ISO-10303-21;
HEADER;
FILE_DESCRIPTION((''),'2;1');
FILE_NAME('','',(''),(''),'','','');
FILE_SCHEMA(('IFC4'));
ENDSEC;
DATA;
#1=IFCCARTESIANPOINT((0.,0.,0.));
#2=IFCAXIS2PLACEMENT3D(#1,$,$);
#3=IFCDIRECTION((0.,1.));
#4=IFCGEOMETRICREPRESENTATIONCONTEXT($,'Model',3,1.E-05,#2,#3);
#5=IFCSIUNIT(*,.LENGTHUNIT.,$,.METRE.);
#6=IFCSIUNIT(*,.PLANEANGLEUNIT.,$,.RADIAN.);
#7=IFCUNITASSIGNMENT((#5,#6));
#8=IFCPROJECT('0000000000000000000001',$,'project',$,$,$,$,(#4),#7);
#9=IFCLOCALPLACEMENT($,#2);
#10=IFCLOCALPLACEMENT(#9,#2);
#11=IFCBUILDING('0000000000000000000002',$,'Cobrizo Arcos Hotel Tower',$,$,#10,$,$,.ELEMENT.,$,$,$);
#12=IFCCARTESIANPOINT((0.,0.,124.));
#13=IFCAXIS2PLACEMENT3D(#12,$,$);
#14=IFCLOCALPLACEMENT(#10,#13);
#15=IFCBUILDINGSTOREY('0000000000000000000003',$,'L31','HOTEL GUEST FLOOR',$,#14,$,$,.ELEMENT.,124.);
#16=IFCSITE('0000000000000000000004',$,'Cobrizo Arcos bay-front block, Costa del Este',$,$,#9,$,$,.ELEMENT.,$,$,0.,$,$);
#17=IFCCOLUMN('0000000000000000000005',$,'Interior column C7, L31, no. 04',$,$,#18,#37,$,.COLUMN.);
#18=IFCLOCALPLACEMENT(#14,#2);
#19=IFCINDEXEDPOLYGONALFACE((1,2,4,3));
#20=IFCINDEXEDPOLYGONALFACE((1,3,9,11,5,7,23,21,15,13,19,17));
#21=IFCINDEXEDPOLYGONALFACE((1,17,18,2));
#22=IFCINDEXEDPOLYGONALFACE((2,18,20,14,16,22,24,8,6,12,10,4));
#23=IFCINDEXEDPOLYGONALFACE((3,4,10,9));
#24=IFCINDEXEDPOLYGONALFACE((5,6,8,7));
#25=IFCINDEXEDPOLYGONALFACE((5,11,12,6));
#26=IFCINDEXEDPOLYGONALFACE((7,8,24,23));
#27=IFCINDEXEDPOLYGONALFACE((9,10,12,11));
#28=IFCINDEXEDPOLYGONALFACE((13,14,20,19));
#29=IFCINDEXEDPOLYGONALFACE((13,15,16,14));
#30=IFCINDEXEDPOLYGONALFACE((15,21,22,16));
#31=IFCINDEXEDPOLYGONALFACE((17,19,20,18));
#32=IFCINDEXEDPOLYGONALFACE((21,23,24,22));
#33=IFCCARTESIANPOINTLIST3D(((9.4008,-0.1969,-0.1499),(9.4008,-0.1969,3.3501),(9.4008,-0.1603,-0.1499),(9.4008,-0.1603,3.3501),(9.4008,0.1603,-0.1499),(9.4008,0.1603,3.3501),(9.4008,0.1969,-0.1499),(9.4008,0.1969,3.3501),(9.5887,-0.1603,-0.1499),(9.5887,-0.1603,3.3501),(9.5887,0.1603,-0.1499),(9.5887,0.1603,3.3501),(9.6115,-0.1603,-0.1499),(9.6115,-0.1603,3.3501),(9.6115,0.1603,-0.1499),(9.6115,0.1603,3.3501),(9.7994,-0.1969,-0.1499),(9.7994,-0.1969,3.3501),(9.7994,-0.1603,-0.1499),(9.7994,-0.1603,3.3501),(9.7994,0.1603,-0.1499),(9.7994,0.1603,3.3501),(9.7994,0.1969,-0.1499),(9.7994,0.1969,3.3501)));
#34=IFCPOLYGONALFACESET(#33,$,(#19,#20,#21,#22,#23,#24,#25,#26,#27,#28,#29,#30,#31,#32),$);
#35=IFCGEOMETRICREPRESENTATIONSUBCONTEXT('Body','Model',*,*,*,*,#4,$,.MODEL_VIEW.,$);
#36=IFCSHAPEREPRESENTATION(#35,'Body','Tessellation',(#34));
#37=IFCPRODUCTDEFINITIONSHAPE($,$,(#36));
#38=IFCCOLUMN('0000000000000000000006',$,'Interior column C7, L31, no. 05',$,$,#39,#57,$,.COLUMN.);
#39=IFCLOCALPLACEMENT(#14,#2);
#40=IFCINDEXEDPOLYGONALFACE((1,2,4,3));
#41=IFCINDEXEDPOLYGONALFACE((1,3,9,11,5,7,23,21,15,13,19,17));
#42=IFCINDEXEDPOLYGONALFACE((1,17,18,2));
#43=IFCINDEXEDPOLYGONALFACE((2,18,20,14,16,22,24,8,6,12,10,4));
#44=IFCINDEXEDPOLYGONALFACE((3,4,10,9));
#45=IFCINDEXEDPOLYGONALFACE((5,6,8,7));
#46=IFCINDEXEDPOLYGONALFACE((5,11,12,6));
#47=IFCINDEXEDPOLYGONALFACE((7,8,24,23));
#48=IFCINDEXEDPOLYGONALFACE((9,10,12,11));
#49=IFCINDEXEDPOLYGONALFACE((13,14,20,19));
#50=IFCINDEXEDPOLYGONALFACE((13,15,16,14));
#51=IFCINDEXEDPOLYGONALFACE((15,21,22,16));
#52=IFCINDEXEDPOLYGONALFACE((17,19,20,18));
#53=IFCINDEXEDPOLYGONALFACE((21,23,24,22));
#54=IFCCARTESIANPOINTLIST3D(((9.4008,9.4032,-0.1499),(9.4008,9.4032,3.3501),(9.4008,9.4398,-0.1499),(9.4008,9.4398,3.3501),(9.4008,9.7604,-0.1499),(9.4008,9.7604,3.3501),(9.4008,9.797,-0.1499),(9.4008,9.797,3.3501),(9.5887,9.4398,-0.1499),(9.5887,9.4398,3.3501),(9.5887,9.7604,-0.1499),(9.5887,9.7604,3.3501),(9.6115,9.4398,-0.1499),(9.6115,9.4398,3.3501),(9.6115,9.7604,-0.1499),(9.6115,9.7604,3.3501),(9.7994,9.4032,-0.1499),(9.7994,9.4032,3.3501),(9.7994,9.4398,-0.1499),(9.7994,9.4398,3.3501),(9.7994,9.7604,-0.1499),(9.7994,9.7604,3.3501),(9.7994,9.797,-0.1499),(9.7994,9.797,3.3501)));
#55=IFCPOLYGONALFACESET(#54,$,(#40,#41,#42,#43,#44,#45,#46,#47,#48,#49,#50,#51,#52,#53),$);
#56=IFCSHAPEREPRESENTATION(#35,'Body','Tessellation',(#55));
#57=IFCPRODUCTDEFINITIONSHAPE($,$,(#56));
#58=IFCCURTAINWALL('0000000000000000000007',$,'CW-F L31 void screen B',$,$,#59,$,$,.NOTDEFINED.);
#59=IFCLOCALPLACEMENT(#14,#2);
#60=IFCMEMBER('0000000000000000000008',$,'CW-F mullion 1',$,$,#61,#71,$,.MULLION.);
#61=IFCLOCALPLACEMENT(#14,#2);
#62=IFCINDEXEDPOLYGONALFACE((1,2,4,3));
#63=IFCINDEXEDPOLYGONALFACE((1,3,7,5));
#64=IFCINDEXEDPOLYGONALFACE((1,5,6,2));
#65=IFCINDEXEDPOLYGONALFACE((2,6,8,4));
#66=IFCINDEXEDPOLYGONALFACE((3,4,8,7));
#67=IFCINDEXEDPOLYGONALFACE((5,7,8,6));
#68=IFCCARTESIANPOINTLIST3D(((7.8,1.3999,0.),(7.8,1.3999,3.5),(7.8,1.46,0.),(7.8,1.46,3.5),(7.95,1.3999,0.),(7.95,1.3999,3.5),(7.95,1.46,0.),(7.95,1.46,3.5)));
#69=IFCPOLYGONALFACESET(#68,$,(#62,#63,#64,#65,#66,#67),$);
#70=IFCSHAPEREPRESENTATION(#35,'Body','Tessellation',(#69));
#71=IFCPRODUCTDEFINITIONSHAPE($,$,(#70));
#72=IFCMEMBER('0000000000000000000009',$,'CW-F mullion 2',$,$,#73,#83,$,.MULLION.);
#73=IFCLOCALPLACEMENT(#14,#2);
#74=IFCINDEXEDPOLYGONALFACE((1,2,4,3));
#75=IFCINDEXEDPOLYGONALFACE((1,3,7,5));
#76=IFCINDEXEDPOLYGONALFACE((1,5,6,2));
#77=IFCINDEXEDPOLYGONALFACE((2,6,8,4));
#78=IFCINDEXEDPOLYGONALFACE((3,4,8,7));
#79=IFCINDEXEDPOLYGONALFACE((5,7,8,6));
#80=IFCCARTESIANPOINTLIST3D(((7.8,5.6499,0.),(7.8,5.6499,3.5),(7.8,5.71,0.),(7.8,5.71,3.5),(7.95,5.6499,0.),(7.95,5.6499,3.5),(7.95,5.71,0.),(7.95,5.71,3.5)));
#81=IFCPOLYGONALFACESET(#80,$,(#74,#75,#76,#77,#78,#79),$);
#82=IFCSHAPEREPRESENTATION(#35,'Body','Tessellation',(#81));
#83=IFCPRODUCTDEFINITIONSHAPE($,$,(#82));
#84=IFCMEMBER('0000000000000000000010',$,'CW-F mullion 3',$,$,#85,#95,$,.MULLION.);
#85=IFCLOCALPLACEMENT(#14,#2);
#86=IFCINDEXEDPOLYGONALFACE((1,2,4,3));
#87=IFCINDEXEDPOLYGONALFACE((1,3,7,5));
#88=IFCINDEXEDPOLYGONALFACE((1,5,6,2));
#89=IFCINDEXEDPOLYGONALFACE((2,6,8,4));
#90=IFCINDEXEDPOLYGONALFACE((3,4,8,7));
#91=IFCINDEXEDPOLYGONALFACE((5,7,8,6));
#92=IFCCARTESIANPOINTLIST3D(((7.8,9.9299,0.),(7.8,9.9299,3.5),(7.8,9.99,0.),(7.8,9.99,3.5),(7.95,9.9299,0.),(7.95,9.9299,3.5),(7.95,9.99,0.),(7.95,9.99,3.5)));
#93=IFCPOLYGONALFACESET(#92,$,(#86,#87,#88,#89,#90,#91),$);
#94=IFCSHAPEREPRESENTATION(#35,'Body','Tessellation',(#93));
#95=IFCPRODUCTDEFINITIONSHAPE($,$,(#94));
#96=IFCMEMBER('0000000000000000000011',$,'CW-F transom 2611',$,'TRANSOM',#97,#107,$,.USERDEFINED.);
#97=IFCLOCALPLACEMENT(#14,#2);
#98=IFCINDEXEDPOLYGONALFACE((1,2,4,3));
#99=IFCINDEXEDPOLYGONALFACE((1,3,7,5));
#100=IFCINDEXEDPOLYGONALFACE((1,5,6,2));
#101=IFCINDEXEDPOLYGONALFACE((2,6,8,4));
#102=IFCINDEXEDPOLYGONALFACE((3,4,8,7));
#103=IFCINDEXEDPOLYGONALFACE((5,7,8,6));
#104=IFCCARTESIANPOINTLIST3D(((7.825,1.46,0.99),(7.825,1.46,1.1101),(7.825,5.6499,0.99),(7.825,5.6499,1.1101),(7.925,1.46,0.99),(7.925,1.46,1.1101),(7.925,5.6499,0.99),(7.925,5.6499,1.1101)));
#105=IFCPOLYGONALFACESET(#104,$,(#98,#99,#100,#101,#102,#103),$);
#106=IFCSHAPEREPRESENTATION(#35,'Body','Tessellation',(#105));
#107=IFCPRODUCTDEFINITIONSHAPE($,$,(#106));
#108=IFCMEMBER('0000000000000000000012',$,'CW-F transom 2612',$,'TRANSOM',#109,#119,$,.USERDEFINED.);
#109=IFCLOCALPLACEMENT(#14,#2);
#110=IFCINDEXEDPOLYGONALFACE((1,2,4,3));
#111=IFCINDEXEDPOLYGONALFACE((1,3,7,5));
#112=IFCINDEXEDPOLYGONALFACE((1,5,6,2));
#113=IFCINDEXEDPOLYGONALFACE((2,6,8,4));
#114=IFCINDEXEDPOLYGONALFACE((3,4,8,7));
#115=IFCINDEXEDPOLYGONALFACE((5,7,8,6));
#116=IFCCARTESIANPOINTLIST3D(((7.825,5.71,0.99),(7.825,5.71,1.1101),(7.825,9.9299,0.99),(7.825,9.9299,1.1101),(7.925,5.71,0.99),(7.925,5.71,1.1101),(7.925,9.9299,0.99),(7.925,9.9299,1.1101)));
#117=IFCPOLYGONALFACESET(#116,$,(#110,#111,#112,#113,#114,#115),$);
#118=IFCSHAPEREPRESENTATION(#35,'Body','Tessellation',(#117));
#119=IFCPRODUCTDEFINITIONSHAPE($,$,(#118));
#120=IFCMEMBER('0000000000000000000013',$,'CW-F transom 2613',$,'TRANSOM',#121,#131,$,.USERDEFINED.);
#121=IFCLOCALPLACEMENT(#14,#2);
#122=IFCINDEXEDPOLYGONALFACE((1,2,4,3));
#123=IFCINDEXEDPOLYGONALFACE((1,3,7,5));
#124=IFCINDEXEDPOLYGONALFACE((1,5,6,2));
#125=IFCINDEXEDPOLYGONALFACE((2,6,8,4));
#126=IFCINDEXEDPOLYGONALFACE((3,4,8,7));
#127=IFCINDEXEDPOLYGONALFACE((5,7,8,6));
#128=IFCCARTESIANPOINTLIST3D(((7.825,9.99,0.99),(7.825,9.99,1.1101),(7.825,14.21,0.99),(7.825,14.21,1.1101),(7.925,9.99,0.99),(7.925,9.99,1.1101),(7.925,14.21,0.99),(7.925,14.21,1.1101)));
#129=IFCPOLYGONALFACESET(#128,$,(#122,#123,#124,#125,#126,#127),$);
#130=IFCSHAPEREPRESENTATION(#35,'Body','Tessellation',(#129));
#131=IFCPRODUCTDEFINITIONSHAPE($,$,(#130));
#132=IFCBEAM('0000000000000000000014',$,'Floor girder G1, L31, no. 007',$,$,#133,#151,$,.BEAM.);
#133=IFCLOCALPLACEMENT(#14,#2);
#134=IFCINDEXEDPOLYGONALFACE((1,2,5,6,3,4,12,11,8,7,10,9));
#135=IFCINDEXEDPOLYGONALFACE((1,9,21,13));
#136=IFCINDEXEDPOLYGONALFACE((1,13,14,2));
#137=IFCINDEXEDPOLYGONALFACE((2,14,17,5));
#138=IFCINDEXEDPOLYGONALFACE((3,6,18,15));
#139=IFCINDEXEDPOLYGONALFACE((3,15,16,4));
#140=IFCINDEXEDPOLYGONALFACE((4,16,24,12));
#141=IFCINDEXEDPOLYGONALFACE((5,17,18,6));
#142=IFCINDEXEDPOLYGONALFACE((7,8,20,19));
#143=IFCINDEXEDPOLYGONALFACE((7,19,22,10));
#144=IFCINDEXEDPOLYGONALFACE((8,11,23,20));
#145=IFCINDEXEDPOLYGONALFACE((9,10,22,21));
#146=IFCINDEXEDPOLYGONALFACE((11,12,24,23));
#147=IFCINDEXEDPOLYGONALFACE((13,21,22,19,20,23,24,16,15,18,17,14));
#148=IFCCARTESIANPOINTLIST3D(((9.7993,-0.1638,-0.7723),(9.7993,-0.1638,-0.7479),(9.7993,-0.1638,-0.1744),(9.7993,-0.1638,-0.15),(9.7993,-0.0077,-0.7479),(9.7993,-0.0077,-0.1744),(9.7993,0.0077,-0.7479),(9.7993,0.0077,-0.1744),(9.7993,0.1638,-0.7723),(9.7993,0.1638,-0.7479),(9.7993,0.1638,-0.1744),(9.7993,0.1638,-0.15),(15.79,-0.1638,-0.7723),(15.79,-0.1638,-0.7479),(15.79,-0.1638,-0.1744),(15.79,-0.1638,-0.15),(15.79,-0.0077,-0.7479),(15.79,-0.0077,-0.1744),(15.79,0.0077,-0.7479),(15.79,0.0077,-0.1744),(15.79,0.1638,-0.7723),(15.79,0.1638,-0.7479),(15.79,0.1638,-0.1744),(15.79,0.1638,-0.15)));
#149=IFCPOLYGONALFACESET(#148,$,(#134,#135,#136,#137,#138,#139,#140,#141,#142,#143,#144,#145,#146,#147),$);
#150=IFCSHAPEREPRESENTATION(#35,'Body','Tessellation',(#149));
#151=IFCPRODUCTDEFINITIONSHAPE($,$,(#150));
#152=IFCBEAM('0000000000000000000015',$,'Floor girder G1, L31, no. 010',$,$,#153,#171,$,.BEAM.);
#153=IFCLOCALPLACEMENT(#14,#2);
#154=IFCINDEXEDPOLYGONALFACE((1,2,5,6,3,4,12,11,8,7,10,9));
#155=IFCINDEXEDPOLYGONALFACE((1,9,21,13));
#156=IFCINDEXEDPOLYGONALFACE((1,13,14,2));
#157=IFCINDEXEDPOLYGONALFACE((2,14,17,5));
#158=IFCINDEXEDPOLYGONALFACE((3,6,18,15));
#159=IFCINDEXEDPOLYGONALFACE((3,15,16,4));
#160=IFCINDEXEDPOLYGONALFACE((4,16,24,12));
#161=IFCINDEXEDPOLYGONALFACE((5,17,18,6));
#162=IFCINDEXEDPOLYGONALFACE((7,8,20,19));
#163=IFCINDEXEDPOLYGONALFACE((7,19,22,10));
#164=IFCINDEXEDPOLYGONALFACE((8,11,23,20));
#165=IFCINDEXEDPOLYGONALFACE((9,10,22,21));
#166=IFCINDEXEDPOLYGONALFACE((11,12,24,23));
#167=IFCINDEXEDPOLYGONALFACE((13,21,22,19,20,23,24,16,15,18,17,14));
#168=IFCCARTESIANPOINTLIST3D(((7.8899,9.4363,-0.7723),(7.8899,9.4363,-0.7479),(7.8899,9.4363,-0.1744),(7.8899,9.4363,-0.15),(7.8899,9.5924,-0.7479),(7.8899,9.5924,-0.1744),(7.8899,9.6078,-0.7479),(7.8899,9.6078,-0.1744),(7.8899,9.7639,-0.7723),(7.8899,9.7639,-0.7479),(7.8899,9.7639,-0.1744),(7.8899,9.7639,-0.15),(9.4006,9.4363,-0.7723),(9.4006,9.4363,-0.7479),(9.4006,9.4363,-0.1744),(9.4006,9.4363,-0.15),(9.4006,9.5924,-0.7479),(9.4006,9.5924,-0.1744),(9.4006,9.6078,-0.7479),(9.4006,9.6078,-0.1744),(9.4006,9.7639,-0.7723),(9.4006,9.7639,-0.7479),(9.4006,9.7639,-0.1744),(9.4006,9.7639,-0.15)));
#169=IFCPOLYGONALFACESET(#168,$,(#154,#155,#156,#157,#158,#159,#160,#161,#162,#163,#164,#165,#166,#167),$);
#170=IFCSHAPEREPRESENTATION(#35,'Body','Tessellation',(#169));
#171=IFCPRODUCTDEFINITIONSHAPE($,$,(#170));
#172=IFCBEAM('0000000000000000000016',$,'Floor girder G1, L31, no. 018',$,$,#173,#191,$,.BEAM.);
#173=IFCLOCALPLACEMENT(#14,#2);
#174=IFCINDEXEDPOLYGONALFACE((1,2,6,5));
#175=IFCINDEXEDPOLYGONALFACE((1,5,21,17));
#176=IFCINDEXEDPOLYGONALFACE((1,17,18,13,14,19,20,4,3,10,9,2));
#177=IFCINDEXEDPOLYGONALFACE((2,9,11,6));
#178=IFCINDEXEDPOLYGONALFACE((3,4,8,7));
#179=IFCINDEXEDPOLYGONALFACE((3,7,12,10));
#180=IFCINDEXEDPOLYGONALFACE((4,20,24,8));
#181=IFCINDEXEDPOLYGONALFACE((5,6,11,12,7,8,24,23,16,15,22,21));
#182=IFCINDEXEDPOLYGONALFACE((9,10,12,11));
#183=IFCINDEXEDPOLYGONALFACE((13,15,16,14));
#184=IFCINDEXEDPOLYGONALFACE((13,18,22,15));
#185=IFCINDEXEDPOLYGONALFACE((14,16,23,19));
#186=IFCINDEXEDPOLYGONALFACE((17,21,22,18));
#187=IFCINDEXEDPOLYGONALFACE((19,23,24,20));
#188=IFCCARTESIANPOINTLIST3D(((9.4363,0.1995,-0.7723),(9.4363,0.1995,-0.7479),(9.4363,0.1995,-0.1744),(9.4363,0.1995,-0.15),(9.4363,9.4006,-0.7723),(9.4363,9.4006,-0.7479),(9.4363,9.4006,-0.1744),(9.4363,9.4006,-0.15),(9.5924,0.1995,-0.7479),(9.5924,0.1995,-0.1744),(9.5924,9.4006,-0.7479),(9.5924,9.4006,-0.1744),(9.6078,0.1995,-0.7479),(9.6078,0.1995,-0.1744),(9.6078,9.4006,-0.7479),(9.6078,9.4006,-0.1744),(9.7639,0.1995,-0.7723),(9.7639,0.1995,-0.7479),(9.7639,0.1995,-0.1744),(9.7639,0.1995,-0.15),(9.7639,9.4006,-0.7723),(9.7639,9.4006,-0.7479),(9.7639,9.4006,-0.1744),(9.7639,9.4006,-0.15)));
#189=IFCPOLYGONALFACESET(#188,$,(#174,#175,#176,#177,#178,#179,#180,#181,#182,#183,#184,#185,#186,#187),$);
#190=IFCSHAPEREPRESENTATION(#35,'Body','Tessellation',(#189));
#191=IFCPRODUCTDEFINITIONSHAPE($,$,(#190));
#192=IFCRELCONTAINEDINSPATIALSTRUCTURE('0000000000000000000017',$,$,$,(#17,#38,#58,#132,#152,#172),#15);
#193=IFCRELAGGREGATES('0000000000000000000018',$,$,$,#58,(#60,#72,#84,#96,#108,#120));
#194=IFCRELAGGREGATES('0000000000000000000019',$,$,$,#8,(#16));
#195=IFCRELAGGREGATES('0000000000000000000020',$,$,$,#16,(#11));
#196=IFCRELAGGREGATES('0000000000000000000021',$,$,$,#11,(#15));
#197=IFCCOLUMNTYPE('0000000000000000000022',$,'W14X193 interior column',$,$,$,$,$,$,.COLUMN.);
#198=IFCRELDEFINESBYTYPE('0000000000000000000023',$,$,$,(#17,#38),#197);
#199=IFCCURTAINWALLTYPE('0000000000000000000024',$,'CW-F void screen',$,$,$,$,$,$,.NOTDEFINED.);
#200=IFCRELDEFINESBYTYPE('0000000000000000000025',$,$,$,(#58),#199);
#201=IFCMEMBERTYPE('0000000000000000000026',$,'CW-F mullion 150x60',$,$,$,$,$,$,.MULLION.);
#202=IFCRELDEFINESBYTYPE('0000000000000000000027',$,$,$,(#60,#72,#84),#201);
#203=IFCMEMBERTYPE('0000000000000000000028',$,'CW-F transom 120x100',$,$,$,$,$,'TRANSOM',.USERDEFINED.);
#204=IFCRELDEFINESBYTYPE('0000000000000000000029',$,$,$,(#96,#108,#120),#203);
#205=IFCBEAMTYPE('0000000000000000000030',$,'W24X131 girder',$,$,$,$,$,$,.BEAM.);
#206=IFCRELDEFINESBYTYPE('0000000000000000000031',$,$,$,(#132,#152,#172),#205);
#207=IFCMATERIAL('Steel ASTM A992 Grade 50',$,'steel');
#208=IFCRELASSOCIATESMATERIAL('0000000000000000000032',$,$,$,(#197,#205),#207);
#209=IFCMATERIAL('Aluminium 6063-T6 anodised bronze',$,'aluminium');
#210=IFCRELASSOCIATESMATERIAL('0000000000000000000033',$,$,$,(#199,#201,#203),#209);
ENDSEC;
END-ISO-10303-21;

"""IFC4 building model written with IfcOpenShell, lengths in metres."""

from ifc_helpers import new_model, si_unit, direction, frame, origin, origin_2d, place, context, subcontext, project, spatial, rectangle, i_section, extrude, material, material_profile, profile_set, type_object, element, aggregate, save


model = new_model("IFC4")

# Units and contexts
model_context = context("Model", 3, precision=1e-05, world=origin(), true_north=direction((0.0, 1.0)))
body_context = subcontext(model_context, "Body", "Model", "MODEL_VIEW")
ifc_project = project(units=[si_unit("LENGTHUNIT", "METRE"), si_unit("PLANEANGLEUNIT", "RADIAN")], contexts=[model_context])

# Site, building, storey
site_placement = place(None, origin())
site = spatial("IfcSite", under=ifc_project, at=site_placement, Name="Cobrizo Arcos bay-front block, Costa del Este", CompositionType="ELEMENT", RefElevation=0.0)
building_placement = place(site_placement, origin())
building = spatial("IfcBuilding", under=site, at=building_placement, Name="Cobrizo Arcos Hotel Tower", CompositionType="ELEMENT")
storey_placement = place(building_placement, frame((0.0, 0.0, 124.0)))
storey = spatial("IfcBuildingStorey", under=building, at=storey_placement, Name="L31", Description="HOTEL GUEST FLOOR", CompositionType="ELEMENT", Elevation=124.0)

# Columns
ifc_material_1 = material(Name="Steel ASTM A992 Grade 50", Category="steel")
ifc_material_profile_1 = material_profile(ifc_material_1, i_section(OverallWidth=0.3987, OverallDepth=0.3938, WebThickness=0.0227, FlangeThickness=0.0366, at=origin_2d()), Name="W14X193")
ifc_profile_set_1 = profile_set([ifc_material_profile_1], Name="Steel ASTM A992 Grade 50")
column_type = type_object("IfcColumnType", Name="W14X193 interior column", PredefinedType="COLUMN", material=ifc_profile_set_1)
for number, where, z_axis, x_axis, name in (
    (1, (9.6001, 0.0, -0.1499), (0.0, 0.0, 1.0), (1.0, 0.0, 0.0), "Interior column C7, L31, no. 04"),
    (2, (9.6001, 9.6001, -0.1499), (0.0, 0.0, 1.0), (1.0, 0.0, 0.0), "Interior column C7, L31, no. 05"),
):
    element("IfcColumn", number, at=place(storey_placement, frame(where, z_axis=z_axis, x_axis=x_axis)), inside=storey, type_object=column_type, Name=name, PredefinedType="COLUMN", context=body_context, shape_type="SweptSolid", body=[
        extrude(i_section(OverallWidth=0.3987, OverallDepth=0.3938, WebThickness=0.0227, FlangeThickness=0.0366, at=origin_2d()), origin(), (0.0, 0.0, 1.0), 3.5),
    ])

# Curtain wall, members
ifc_material_2 = material(Name="Aluminium 6063-T6 anodised bronze", Category="aluminium")
curtain_wall_type = type_object("IfcCurtainWallType", Name="CW-F void screen", PredefinedType="NOTDEFINED", material=ifc_material_2)
curtain_wall_placement = place(storey_placement, origin())
curtain_wall = element("IfcCurtainWall", 3, at=curtain_wall_placement, inside=storey, type_object=curtain_wall_type, Name="CW-F L31 void screen B", PredefinedType="NOTDEFINED")
ifc_material_profile_2 = material_profile(ifc_material_2, rectangle(XDim=0.1499, YDim=0.0601, at=origin_2d()), Name="CW-F mullion 150x60")
ifc_profile_set_2 = profile_set([ifc_material_profile_2], Name="Aluminium 6063-T6 anodised bronze")
member_type_1 = type_object("IfcMemberType", Name="CW-F mullion 150x60", PredefinedType="MULLION", material=ifc_profile_set_2)
member_1_placement = place(storey_placement, frame((7.875, 1.4299, 0.0), z_axis=(0.0, 0.0, 1.0), x_axis=(1.0, 0.0, 0.0)))
member_1 = element("IfcMember", 4, at=member_1_placement, type_object=member_type_1, Name="CW-F mullion 1", PredefinedType="MULLION", context=body_context, shape_type="SweptSolid", body=[
    extrude(rectangle(XDim=0.1499, YDim=0.0601, at=origin_2d()), origin(), (0.0, 0.0, 1.0), 3.5),
])
member_2_placement = place(storey_placement, frame((7.875, 5.6799, 0.0), z_axis=(0.0, 0.0, 1.0), x_axis=(1.0, 0.0, 0.0)))
member_2 = element("IfcMember", 5, at=member_2_placement, type_object=member_type_1, Name="CW-F mullion 2", PredefinedType="MULLION", context=body_context, shape_type="SweptSolid", body=[
    extrude(rectangle(XDim=0.1499, YDim=0.0601, at=origin_2d()), origin(), (0.0, 0.0, 1.0), 3.5),
])
member_3_placement = place(storey_placement, frame((7.875, 9.96, 0.0), z_axis=(0.0, 0.0, 1.0), x_axis=(1.0, 0.0, 0.0)))
member_3 = element("IfcMember", 6, at=member_3_placement, type_object=member_type_1, Name="CW-F mullion 3", PredefinedType="MULLION", context=body_context, shape_type="SweptSolid", body=[
    extrude(rectangle(XDim=0.1499, YDim=0.0601, at=origin_2d()), origin(), (0.0, 0.0, 1.0), 3.5),
])
ifc_material_profile_3 = material_profile(ifc_material_2, rectangle(XDim=0.1001, YDim=0.1201, at=origin_2d()), Name="CW-F transom 120x100")
ifc_profile_set_3 = profile_set([ifc_material_profile_3], Name="Aluminium 6063-T6 anodised bronze")
member_type_2 = type_object("IfcMemberType", Name="CW-F transom 120x100", ElementType="TRANSOM", PredefinedType="USERDEFINED", material=ifc_profile_set_3)
member_4_placement = place(storey_placement, frame((7.875, 1.46, 1.05), z_axis=(0.0, 1.0, 0.0), x_axis=(-1.0, 0.0, 0.0)))
member_4 = element("IfcMember", 7, at=member_4_placement, type_object=member_type_2, Name="CW-F transom 2611", ObjectType="TRANSOM", PredefinedType="USERDEFINED", context=body_context, shape_type="SweptSolid", body=[
    extrude(rectangle(XDim=0.1001, YDim=0.1201, at=origin_2d()), origin(), (0.0, 0.0, 1.0), 4.1899),
])
member_5_placement = place(storey_placement, frame((7.875, 5.71, 1.05), z_axis=(0.0, 1.0, 0.0), x_axis=(-1.0, 0.0, 0.0)))
member_5 = element("IfcMember", 8, at=member_5_placement, type_object=member_type_2, Name="CW-F transom 2612", ObjectType="TRANSOM", PredefinedType="USERDEFINED", context=body_context, shape_type="SweptSolid", body=[
    extrude(rectangle(XDim=0.1001, YDim=0.1201, at=origin_2d()), origin(), (0.0, 0.0, 1.0), 4.22),
])
member_6_placement = place(storey_placement, frame((7.875, 9.99, 1.05), z_axis=(0.0, 1.0, 0.0), x_axis=(-1.0, 0.0, 0.0)))
member_6 = element("IfcMember", 9, at=member_6_placement, type_object=member_type_2, Name="CW-F transom 2613", ObjectType="TRANSOM", PredefinedType="USERDEFINED", context=body_context, shape_type="SweptSolid", body=[
    extrude(rectangle(XDim=0.1001, YDim=0.1201, at=origin_2d()), origin(), (0.0, 0.0, 1.0), 4.22),
])

# Beams
ifc_material_profile_4 = material_profile(ifc_material_1, i_section(OverallWidth=0.3276, OverallDepth=0.6223, WebThickness=0.0154, FlangeThickness=0.0244, at=origin_2d()), Name="W24X131")
ifc_profile_set_4 = profile_set([ifc_material_profile_4], Name="Steel ASTM A992 Grade 50")
beam_type_1 = type_object("IfcBeamType", Name="W24X131 girder", PredefinedType="BEAM", material=ifc_profile_set_4)
beam_1_placement = place(storey_placement, frame((9.7993, 0.0, -0.4612), z_axis=(1.0, 0.0, 0.0), x_axis=(0.0, 1.0, 0.0)))
element("IfcBeam", 10, at=beam_1_placement, inside=storey, type_object=beam_type_1, Name="Floor girder G1, L31, no. 007", PredefinedType="BEAM", context=body_context, shape_type="SweptSolid", body=[
    extrude(i_section(OverallWidth=0.3276, OverallDepth=0.6223, WebThickness=0.0154, FlangeThickness=0.0244, at=origin_2d()), origin(), (0.0, 0.0, 1.0), 5.9907),
])
beam_2_placement = place(storey_placement, frame((7.8899, 9.6001, -0.4612), z_axis=(1.0, 0.0, 0.0), x_axis=(0.0, 1.0, 0.0)))
element("IfcBeam", 11, at=beam_2_placement, inside=storey, type_object=beam_type_1, Name="Floor girder G1, L31, no. 010", PredefinedType="BEAM", context=body_context, shape_type="SweptSolid", body=[
    extrude(i_section(OverallWidth=0.3276, OverallDepth=0.6223, WebThickness=0.0154, FlangeThickness=0.0244, at=origin_2d()), origin(), (0.0, 0.0, 1.0), 1.5107),
])
beam_3_placement = place(storey_placement, frame((9.6001, 0.1995, -0.4612), z_axis=(0.0, 1.0, 0.0), x_axis=(-1.0, 0.0, 0.0)))
element("IfcBeam", 12, at=beam_3_placement, inside=storey, type_object=beam_type_1, Name="Floor girder G1, L31, no. 018", PredefinedType="BEAM", context=body_context, shape_type="SweptSolid", body=[
    extrude(i_section(OverallWidth=0.3276, OverallDepth=0.6223, WebThickness=0.0154, FlangeThickness=0.0244, at=origin_2d()), origin(), (0.0, 0.0, 1.0), 9.2012),
])

aggregate(curtain_wall, [member_1, member_2, member_3, member_4, member_5, member_6])

save(model, "model.ifc")
